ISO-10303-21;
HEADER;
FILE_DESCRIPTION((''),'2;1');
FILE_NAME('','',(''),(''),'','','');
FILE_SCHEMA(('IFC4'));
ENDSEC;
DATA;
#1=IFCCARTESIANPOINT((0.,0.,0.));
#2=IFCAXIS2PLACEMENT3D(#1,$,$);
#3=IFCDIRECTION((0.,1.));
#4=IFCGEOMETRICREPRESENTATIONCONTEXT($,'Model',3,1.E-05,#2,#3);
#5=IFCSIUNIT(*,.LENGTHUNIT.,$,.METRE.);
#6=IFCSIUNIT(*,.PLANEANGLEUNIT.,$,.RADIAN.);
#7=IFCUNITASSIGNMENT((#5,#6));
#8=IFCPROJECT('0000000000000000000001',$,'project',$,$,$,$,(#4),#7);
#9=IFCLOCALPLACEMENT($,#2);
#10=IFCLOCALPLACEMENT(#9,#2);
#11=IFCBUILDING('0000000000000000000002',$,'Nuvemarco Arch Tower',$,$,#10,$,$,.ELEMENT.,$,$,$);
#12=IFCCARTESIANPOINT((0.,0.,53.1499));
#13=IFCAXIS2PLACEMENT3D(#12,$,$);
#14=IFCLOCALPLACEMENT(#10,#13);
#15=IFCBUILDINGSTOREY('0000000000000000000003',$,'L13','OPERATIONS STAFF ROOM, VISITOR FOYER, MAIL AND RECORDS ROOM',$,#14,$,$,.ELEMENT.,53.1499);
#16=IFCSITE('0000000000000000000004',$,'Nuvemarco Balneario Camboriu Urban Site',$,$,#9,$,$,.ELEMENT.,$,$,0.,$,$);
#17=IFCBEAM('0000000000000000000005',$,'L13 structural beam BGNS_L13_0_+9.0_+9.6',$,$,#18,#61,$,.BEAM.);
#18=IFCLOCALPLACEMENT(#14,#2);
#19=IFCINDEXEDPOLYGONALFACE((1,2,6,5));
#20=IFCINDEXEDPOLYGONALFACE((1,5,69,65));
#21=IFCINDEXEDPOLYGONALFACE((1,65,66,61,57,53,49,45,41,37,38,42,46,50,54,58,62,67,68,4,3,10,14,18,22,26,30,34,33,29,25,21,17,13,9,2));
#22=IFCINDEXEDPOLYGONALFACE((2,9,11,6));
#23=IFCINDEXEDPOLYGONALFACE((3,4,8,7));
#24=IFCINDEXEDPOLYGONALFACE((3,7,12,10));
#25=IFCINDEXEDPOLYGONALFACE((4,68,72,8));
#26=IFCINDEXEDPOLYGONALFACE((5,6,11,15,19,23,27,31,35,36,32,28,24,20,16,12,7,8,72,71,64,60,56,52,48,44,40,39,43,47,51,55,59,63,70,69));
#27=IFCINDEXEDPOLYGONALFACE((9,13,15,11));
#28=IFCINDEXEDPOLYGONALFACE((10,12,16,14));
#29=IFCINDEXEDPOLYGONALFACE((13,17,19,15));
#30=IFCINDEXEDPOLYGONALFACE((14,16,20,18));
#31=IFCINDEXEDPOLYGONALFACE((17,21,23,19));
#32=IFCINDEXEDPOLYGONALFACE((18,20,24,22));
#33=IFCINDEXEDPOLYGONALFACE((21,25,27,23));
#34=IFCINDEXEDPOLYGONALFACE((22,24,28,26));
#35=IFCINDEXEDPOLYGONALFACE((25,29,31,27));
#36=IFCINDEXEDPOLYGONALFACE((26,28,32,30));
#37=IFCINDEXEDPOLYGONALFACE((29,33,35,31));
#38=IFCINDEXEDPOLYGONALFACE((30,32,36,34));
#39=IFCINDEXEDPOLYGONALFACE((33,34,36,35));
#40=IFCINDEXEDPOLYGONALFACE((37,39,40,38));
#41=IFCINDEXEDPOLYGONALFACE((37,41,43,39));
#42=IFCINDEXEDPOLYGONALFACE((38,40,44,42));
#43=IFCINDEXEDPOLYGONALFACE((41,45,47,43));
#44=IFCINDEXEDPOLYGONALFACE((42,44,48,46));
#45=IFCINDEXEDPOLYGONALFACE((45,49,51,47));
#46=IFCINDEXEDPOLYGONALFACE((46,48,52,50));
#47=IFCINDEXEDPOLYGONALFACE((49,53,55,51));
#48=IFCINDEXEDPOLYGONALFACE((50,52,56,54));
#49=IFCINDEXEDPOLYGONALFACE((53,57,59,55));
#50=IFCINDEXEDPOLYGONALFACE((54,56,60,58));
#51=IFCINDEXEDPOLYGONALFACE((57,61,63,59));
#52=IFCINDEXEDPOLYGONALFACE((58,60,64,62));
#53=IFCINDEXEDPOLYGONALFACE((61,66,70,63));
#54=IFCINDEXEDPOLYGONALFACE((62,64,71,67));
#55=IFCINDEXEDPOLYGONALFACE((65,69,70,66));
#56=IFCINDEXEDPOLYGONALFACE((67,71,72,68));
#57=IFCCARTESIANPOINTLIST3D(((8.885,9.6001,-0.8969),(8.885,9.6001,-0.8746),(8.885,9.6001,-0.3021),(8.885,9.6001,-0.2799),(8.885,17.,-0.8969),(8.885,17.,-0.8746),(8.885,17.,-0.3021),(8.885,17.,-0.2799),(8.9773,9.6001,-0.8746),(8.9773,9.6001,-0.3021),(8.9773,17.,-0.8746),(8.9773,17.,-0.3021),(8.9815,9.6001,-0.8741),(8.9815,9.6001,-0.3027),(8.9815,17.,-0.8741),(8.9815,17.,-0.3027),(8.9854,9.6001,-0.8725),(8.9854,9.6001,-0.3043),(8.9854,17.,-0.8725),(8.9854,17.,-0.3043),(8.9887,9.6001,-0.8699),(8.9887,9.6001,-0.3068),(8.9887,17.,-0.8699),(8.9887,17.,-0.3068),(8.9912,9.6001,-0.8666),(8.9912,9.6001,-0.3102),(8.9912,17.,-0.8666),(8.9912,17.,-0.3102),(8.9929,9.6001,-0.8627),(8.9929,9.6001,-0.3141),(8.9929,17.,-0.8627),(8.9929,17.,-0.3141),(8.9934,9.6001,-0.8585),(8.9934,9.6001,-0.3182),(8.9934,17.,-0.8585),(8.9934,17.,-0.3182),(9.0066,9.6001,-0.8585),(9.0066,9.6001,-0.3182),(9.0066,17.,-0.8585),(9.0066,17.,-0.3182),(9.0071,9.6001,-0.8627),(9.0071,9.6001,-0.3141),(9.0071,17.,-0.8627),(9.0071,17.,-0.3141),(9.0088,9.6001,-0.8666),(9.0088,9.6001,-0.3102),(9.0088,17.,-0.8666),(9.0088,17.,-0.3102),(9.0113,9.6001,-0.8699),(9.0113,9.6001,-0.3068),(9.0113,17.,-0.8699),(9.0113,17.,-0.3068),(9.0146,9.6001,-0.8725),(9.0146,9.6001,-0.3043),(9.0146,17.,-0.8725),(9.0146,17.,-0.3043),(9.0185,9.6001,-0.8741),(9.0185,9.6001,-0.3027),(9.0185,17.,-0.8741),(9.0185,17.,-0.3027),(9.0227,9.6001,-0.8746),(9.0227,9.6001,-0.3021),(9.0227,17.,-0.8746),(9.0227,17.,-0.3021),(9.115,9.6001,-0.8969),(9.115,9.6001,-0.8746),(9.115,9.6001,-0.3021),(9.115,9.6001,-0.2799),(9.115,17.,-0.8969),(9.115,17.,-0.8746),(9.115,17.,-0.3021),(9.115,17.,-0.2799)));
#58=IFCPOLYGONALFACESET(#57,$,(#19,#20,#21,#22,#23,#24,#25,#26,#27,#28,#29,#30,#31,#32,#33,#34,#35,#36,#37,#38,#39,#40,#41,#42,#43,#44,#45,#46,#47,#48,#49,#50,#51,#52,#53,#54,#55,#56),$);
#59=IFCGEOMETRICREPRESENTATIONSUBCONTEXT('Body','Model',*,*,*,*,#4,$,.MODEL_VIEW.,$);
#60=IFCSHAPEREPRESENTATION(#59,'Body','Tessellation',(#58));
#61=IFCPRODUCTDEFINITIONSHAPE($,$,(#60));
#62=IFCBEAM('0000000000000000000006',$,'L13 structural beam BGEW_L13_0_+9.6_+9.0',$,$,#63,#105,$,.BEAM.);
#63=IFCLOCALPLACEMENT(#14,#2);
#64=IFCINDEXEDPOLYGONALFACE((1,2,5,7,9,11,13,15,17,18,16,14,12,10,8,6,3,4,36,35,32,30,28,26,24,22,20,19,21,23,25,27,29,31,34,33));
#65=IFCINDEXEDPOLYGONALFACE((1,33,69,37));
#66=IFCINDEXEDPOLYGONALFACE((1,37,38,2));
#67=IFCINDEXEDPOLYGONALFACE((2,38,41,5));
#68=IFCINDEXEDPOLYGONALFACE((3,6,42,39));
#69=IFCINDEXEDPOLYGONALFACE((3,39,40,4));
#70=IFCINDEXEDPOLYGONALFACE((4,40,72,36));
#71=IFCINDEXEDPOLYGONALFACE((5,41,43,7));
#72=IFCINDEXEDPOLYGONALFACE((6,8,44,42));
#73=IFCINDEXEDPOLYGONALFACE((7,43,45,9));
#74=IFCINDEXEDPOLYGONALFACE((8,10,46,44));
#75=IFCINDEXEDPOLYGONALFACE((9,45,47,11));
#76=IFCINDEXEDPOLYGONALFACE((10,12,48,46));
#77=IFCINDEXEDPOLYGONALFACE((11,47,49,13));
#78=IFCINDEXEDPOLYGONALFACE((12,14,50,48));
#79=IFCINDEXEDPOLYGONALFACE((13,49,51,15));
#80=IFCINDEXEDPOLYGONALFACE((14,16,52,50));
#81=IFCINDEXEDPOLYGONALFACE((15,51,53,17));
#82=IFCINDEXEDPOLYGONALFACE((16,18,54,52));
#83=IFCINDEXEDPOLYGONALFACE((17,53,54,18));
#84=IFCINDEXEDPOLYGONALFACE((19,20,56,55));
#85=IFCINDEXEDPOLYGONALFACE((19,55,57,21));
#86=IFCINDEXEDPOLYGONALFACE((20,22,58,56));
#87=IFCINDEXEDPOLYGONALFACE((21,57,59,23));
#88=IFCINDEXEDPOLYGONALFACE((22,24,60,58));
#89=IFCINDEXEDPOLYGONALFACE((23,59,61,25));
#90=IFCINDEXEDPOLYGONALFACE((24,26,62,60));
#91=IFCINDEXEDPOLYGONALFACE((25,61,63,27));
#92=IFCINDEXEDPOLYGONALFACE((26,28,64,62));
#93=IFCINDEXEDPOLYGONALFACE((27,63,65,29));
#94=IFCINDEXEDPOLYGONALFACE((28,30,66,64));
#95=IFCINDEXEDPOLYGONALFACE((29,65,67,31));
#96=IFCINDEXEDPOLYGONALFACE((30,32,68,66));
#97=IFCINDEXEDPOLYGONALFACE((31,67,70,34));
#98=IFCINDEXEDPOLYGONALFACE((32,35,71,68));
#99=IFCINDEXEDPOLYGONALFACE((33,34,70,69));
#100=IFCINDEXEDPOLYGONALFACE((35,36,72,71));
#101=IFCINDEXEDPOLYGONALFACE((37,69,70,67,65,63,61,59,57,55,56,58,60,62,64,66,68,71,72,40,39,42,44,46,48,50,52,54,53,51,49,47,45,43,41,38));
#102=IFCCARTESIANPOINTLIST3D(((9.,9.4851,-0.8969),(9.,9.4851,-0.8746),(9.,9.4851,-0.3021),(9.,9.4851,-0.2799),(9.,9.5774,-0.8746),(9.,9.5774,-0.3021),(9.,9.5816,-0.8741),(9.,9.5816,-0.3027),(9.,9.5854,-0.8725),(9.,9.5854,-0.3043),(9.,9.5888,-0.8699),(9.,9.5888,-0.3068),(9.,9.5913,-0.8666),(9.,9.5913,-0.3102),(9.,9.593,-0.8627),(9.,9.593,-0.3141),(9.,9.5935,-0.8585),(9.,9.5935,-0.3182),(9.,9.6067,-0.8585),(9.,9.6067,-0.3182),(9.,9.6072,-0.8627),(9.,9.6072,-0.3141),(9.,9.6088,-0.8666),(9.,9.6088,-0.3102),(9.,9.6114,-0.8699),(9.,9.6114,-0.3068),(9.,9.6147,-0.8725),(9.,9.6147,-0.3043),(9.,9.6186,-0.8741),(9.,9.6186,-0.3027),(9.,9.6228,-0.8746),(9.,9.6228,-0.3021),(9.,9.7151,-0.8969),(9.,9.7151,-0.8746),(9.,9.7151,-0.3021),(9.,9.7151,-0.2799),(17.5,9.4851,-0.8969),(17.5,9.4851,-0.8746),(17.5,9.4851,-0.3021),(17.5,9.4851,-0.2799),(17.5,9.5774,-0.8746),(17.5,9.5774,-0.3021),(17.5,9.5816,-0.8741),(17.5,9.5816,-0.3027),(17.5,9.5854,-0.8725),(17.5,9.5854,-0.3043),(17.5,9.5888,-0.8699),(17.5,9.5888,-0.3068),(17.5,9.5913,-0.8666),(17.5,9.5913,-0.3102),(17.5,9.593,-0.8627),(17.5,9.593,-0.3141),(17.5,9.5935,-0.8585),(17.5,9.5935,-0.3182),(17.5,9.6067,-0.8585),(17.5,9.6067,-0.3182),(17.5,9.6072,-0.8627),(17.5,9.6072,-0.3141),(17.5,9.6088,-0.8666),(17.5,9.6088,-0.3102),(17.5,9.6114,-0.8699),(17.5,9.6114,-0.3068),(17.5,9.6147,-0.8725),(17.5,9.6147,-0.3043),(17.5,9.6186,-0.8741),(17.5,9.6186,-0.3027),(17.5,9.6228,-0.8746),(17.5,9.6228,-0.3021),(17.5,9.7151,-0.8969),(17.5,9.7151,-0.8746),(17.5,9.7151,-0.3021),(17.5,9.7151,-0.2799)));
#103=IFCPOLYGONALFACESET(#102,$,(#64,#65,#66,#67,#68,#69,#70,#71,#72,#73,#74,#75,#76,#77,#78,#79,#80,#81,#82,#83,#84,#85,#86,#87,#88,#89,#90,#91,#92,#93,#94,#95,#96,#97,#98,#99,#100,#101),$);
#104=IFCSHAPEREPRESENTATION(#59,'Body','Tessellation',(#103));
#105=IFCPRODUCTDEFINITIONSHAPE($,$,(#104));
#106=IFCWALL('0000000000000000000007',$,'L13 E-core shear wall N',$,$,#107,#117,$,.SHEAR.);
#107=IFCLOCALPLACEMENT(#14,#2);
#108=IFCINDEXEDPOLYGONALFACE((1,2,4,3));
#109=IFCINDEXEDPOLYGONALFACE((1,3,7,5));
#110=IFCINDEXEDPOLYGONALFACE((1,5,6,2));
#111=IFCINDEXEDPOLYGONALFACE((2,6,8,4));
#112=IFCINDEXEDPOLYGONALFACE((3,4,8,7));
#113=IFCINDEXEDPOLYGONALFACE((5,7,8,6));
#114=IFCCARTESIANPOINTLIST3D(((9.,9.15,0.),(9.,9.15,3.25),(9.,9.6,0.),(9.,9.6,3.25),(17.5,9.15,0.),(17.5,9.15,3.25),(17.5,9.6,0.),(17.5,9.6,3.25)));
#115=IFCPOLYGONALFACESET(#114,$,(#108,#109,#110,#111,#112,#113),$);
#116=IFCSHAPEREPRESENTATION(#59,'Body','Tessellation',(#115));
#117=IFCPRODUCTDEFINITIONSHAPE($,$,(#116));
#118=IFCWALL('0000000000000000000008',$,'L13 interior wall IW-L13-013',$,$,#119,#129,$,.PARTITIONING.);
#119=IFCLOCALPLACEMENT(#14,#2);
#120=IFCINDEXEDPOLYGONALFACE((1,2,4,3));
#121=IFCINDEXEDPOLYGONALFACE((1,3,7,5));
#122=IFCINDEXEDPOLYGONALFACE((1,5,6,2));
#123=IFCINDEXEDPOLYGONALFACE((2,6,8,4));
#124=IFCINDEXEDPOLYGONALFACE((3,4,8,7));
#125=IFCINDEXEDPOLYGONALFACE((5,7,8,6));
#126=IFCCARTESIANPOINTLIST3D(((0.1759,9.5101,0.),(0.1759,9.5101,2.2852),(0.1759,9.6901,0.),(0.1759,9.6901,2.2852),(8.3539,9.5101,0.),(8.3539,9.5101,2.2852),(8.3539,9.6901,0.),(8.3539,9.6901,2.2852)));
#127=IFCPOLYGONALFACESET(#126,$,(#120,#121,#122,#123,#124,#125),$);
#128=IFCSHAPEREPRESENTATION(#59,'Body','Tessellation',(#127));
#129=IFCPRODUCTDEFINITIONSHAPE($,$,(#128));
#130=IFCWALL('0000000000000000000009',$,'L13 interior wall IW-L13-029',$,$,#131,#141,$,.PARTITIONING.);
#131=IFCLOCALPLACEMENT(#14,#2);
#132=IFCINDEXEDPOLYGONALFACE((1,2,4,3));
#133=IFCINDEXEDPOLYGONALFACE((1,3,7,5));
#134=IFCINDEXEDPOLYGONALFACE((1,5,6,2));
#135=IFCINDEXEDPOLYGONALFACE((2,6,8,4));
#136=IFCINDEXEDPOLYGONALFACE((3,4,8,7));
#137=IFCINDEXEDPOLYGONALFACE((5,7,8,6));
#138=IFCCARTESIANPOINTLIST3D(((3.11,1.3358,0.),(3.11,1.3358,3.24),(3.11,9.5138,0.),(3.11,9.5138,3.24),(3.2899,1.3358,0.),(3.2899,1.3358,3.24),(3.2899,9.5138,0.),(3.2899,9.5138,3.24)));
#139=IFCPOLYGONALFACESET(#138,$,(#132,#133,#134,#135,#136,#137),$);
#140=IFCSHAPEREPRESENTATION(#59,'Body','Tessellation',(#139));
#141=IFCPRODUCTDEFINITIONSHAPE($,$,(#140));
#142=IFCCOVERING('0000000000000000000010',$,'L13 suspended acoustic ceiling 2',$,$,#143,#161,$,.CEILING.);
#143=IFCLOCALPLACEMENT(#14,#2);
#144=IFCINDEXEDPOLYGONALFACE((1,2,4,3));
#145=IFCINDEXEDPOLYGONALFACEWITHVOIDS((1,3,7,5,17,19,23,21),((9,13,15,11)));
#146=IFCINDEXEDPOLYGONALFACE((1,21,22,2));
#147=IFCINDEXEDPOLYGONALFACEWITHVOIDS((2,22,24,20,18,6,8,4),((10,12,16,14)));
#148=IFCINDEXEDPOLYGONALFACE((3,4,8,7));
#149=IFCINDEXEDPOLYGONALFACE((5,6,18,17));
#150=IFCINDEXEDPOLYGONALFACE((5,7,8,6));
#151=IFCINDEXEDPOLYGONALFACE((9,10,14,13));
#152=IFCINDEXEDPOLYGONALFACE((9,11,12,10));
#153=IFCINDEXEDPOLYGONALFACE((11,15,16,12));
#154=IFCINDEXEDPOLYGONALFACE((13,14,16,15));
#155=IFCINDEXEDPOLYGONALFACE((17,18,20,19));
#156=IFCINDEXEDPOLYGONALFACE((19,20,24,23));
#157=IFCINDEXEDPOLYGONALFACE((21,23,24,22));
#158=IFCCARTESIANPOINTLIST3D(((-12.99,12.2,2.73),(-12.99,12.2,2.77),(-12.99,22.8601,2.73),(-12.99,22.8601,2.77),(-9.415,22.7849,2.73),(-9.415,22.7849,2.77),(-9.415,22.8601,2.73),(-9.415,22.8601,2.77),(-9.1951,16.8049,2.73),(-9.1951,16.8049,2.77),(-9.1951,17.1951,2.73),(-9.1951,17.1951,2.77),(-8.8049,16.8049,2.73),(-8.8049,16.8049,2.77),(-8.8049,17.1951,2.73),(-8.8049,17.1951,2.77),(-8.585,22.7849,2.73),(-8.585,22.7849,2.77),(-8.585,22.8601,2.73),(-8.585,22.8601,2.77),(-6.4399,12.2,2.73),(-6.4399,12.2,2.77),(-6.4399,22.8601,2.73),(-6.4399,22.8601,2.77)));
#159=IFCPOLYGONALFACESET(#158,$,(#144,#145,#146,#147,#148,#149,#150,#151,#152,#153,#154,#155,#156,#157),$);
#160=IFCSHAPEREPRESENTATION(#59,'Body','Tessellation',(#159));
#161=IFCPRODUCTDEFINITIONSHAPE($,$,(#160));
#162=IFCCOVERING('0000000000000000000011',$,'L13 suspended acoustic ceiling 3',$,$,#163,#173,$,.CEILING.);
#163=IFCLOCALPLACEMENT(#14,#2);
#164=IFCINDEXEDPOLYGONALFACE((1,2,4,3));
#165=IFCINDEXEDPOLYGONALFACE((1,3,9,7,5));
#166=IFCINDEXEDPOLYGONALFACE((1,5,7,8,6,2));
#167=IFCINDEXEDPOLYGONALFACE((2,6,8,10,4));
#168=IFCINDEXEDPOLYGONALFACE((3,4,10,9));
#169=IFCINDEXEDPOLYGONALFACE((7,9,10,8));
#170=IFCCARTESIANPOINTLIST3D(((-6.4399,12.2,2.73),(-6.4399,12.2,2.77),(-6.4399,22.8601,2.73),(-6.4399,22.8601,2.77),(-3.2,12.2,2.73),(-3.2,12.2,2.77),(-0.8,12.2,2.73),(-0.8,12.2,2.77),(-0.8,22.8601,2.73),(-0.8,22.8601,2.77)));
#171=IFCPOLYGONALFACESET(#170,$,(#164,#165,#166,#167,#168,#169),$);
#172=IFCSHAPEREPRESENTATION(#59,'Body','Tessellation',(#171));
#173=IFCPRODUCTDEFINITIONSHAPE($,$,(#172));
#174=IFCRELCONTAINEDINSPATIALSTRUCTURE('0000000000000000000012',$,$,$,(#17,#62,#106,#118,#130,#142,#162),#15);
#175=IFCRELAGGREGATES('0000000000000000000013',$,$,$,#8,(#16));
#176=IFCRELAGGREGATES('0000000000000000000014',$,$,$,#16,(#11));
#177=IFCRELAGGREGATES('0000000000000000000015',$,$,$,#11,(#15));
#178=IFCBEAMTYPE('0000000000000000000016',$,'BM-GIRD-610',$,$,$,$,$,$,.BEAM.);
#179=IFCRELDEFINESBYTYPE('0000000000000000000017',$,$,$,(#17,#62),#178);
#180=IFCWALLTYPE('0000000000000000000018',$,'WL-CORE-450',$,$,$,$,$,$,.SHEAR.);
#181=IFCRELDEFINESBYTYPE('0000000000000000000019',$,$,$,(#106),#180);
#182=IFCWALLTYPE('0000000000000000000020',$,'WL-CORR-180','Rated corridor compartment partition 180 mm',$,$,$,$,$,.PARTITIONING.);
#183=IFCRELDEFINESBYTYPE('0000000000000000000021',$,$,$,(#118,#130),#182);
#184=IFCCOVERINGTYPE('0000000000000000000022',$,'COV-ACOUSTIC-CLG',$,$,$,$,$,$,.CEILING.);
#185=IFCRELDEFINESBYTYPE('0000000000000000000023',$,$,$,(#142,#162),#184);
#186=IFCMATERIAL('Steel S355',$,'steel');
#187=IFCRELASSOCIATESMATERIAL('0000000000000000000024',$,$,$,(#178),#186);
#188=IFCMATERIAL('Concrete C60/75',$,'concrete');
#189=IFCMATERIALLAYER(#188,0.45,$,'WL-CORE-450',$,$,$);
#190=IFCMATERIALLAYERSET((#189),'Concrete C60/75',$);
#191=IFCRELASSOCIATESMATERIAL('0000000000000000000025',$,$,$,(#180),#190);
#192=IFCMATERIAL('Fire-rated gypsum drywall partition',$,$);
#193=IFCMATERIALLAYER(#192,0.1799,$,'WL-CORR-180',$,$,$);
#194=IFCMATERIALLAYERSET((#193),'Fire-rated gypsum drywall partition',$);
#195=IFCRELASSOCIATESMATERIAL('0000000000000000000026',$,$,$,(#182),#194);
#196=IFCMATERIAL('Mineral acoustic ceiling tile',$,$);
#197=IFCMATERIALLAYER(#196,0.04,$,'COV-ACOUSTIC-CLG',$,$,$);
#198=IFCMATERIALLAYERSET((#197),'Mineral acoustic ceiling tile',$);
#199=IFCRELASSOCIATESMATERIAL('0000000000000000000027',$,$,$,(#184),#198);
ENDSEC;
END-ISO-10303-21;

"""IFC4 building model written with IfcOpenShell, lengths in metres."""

from ifc_helpers import new_model, si_unit, direction, frame, frame_2d, origin, origin_2d, place, context, subcontext, project, spatial, polyline, rectangle, i_section, outline, extrude, material, layer, layer_set, material_profile, profile_set, type_object, element, save


model = new_model("IFC4")

# Units and contexts
model_context = context("Model", 3, precision=1e-05, world=origin(), true_north=direction((0.0, 1.0)))
body_context = subcontext(model_context, "Body", "Model", "MODEL_VIEW")
ifc_project = project(units=[si_unit("LENGTHUNIT", "METRE"), si_unit("PLANEANGLEUNIT", "RADIAN")], contexts=[model_context])

# Site, building, storey
site_placement = place(None, origin())
site = spatial("IfcSite", under=ifc_project, at=site_placement, Name="Nuvemarco Balneario Camboriu Urban Site", CompositionType="ELEMENT", RefElevation=0.0)
building_placement = place(site_placement, origin())
building = spatial("IfcBuilding", under=site, at=building_placement, Name="Nuvemarco Arch Tower", CompositionType="ELEMENT")
storey_placement = place(building_placement, frame((0.0, 0.0, 53.1499)))
storey = spatial("IfcBuildingStorey", under=building, at=storey_placement, Name="L13", Description="OPERATIONS STAFF ROOM, VISITOR FOYER, MAIL AND RECORDS ROOM", CompositionType="ELEMENT", Elevation=53.1499)

# Shared definitions
ifc_material_1 = material(Name="Concrete C60/75", Category="concrete")
ifc_material_2 = material(Name="Steel S355", Category="steel")

# Beams
ifc_material_profile_1 = material_profile(ifc_material_2, i_section(OverallWidth=0.23, OverallDepth=0.6169, WebThickness=0.0132, FlangeThickness=0.0222, FilletRadius=0.0161, at=origin_2d()), Name="W610x140")
ifc_profile_set_1 = profile_set([ifc_material_profile_1], Name="Steel S355")
beam_type_1 = type_object("IfcBeamType", Name="BM-GIRD-610", PredefinedType="BEAM", material=ifc_profile_set_1)
beam_1_placement = place(storey_placement, frame((9.0, 9.6001, -0.5884), z_axis=(0.0, 1.0, 0.0), x_axis=(-1.0, 0.0, 0.0)))
element("IfcBeam", 1, at=beam_1_placement, inside=storey, type_object=beam_type_1, Name="L13 structural beam BGNS_L13_0_+9.0_+9.6", PredefinedType="BEAM", context=body_context, shape_type="SweptSolid", body=[
    extrude(i_section(OverallWidth=0.23, OverallDepth=0.6169, WebThickness=0.0132, FlangeThickness=0.0222, FilletRadius=0.0161, at=origin_2d()), origin(), (0.0, 0.0, 1.0), 7.3999),
])
beam_2_placement = place(storey_placement, frame((9.0, 9.6001, -0.5884), z_axis=(1.0, 0.0, 0.0), x_axis=(0.0, 1.0, 0.0)))
element("IfcBeam", 2, at=beam_2_placement, inside=storey, type_object=beam_type_1, Name="L13 structural beam BGEW_L13_0_+9.6_+9.0", PredefinedType="BEAM", context=body_context, shape_type="SweptSolid", body=[
    extrude(i_section(OverallWidth=0.23, OverallDepth=0.6169, WebThickness=0.0132, FlangeThickness=0.0222, FilletRadius=0.0161, at=origin_2d()), origin(), (0.0, 0.0, 1.0), 8.5),
])

# Walls
ifc_layer_1 = layer(ifc_material_1, 0.45, Name="WL-CORE-450")
ifc_layer_set_1 = layer_set([ifc_layer_1], Name="Concrete C60/75")
wall_type_1 = type_object("IfcWallType", Name="WL-CORE-450", PredefinedType="SHEAR", material=ifc_layer_set_1)
wall_1_placement = place(storey_placement, frame((9.0, 9.375, 0.0), z_axis=(0.0, 0.0, 1.0), x_axis=(1.0, 0.0, 0.0)))
element("IfcWall", 3, at=wall_1_placement, inside=storey, type_object=wall_type_1, Name="L13 E-core shear wall N", PredefinedType="SHEAR", context=body_context, shape_type="SweptSolid", body=[
    extrude(rectangle(XDim=8.5, YDim=0.45, at=frame_2d((4.25, 0.0))), origin(), (0.0, 0.0, 1.0), 3.25),
])
ifc_material_3 = material(Name="Fire-rated gypsum drywall partition")
ifc_layer_2 = layer(ifc_material_3, 0.1799, Name="WL-CORR-180")
ifc_layer_set_2 = layer_set([ifc_layer_2], Name="Fire-rated gypsum drywall partition")
wall_type_2 = type_object("IfcWallType", Name="WL-CORR-180", Description="Rated corridor compartment partition 180 mm", PredefinedType="PARTITIONING", material=ifc_layer_set_2)
wall_2_placement = place(storey_placement, frame((0.176, 9.6001, 0.0), z_axis=(0.0, 0.0, 1.0), x_axis=(1.0, 0.0, 0.0)))
element("IfcWall", 4, at=wall_2_placement, inside=storey, type_object=wall_type_2, Name="L13 interior wall IW-L13-013", PredefinedType="PARTITIONING", context=body_context, shape_type="SweptSolid", body=[
    extrude(rectangle(XDim=8.178, YDim=0.1799, at=frame_2d((4.0889, 0.0))), origin(), (0.0, 0.0, 1.0), 2.2852),
])
wall_3_placement = place(storey_placement, frame((3.2, 1.3359, 0.0), z_axis=(0.0, 0.0, 1.0), x_axis=(0.0, 1.0, 0.0)))
element("IfcWall", 5, at=wall_3_placement, inside=storey, type_object=wall_type_2, Name="L13 interior wall IW-L13-029", PredefinedType="PARTITIONING", context=body_context, shape_type="SweptSolid", body=[
    extrude(rectangle(XDim=8.178, YDim=0.1799, at=frame_2d((4.0889, 0.0))), origin(), (0.0, 0.0, 1.0), 3.24),
])

# Coverings
ifc_material_4 = material(Name="Mineral acoustic ceiling tile")
ifc_layer_3 = layer(ifc_material_4, 0.04, Name="COV-ACOUSTIC-CLG")
ifc_layer_set_3 = layer_set([ifc_layer_3], Name="Mineral acoustic ceiling tile")
covering_type_1 = type_object("IfcCoveringType", Name="COV-ACOUSTIC-CLG", PredefinedType="CEILING", material=ifc_layer_set_3)
covering_1_placement = place(storey_placement, frame((0.0, 0.0, 2.73)))
element("IfcCovering", 6, at=covering_1_placement, inside=storey, type_object=covering_type_1, Name="L13 suspended acoustic ceiling 2", PredefinedType="CEILING", context=body_context, shape_type="SweptSolid", body=[
    extrude(outline(polyline([(-6.4399, 12.2), (-12.99, 12.2), (-12.99, 22.8601), (-9.415, 22.8601), (-9.415, 22.7849), (-8.585, 22.7849), (-8.585, 22.8601), (-6.4399, 22.8601), (-6.4399, 12.2)]), holes=[polyline([(-8.8049, 16.8049), (-8.8049, 17.1951), (-9.1951, 17.1951), (-9.1951, 16.8049), (-8.8049, 16.8049)])]), origin(), (0.0, 0.0, 1.0), 0.04),
])
covering_2_placement = place(storey_placement, frame((0.0, 0.0, 2.73)))
element("IfcCovering", 7, at=covering_2_placement, inside=storey, type_object=covering_type_1, Name="L13 suspended acoustic ceiling 3", PredefinedType="CEILING", context=body_context, shape_type="SweptSolid", body=[
    extrude(outline(polyline([(-0.8, 12.2), (-3.2, 12.2), (-6.4399, 12.2), (-6.4399, 22.8601), (-0.8, 22.8601), (-0.8, 12.2)])), origin(), (0.0, 0.0, 1.0), 0.04),
])

save(model, "model.ifc")
